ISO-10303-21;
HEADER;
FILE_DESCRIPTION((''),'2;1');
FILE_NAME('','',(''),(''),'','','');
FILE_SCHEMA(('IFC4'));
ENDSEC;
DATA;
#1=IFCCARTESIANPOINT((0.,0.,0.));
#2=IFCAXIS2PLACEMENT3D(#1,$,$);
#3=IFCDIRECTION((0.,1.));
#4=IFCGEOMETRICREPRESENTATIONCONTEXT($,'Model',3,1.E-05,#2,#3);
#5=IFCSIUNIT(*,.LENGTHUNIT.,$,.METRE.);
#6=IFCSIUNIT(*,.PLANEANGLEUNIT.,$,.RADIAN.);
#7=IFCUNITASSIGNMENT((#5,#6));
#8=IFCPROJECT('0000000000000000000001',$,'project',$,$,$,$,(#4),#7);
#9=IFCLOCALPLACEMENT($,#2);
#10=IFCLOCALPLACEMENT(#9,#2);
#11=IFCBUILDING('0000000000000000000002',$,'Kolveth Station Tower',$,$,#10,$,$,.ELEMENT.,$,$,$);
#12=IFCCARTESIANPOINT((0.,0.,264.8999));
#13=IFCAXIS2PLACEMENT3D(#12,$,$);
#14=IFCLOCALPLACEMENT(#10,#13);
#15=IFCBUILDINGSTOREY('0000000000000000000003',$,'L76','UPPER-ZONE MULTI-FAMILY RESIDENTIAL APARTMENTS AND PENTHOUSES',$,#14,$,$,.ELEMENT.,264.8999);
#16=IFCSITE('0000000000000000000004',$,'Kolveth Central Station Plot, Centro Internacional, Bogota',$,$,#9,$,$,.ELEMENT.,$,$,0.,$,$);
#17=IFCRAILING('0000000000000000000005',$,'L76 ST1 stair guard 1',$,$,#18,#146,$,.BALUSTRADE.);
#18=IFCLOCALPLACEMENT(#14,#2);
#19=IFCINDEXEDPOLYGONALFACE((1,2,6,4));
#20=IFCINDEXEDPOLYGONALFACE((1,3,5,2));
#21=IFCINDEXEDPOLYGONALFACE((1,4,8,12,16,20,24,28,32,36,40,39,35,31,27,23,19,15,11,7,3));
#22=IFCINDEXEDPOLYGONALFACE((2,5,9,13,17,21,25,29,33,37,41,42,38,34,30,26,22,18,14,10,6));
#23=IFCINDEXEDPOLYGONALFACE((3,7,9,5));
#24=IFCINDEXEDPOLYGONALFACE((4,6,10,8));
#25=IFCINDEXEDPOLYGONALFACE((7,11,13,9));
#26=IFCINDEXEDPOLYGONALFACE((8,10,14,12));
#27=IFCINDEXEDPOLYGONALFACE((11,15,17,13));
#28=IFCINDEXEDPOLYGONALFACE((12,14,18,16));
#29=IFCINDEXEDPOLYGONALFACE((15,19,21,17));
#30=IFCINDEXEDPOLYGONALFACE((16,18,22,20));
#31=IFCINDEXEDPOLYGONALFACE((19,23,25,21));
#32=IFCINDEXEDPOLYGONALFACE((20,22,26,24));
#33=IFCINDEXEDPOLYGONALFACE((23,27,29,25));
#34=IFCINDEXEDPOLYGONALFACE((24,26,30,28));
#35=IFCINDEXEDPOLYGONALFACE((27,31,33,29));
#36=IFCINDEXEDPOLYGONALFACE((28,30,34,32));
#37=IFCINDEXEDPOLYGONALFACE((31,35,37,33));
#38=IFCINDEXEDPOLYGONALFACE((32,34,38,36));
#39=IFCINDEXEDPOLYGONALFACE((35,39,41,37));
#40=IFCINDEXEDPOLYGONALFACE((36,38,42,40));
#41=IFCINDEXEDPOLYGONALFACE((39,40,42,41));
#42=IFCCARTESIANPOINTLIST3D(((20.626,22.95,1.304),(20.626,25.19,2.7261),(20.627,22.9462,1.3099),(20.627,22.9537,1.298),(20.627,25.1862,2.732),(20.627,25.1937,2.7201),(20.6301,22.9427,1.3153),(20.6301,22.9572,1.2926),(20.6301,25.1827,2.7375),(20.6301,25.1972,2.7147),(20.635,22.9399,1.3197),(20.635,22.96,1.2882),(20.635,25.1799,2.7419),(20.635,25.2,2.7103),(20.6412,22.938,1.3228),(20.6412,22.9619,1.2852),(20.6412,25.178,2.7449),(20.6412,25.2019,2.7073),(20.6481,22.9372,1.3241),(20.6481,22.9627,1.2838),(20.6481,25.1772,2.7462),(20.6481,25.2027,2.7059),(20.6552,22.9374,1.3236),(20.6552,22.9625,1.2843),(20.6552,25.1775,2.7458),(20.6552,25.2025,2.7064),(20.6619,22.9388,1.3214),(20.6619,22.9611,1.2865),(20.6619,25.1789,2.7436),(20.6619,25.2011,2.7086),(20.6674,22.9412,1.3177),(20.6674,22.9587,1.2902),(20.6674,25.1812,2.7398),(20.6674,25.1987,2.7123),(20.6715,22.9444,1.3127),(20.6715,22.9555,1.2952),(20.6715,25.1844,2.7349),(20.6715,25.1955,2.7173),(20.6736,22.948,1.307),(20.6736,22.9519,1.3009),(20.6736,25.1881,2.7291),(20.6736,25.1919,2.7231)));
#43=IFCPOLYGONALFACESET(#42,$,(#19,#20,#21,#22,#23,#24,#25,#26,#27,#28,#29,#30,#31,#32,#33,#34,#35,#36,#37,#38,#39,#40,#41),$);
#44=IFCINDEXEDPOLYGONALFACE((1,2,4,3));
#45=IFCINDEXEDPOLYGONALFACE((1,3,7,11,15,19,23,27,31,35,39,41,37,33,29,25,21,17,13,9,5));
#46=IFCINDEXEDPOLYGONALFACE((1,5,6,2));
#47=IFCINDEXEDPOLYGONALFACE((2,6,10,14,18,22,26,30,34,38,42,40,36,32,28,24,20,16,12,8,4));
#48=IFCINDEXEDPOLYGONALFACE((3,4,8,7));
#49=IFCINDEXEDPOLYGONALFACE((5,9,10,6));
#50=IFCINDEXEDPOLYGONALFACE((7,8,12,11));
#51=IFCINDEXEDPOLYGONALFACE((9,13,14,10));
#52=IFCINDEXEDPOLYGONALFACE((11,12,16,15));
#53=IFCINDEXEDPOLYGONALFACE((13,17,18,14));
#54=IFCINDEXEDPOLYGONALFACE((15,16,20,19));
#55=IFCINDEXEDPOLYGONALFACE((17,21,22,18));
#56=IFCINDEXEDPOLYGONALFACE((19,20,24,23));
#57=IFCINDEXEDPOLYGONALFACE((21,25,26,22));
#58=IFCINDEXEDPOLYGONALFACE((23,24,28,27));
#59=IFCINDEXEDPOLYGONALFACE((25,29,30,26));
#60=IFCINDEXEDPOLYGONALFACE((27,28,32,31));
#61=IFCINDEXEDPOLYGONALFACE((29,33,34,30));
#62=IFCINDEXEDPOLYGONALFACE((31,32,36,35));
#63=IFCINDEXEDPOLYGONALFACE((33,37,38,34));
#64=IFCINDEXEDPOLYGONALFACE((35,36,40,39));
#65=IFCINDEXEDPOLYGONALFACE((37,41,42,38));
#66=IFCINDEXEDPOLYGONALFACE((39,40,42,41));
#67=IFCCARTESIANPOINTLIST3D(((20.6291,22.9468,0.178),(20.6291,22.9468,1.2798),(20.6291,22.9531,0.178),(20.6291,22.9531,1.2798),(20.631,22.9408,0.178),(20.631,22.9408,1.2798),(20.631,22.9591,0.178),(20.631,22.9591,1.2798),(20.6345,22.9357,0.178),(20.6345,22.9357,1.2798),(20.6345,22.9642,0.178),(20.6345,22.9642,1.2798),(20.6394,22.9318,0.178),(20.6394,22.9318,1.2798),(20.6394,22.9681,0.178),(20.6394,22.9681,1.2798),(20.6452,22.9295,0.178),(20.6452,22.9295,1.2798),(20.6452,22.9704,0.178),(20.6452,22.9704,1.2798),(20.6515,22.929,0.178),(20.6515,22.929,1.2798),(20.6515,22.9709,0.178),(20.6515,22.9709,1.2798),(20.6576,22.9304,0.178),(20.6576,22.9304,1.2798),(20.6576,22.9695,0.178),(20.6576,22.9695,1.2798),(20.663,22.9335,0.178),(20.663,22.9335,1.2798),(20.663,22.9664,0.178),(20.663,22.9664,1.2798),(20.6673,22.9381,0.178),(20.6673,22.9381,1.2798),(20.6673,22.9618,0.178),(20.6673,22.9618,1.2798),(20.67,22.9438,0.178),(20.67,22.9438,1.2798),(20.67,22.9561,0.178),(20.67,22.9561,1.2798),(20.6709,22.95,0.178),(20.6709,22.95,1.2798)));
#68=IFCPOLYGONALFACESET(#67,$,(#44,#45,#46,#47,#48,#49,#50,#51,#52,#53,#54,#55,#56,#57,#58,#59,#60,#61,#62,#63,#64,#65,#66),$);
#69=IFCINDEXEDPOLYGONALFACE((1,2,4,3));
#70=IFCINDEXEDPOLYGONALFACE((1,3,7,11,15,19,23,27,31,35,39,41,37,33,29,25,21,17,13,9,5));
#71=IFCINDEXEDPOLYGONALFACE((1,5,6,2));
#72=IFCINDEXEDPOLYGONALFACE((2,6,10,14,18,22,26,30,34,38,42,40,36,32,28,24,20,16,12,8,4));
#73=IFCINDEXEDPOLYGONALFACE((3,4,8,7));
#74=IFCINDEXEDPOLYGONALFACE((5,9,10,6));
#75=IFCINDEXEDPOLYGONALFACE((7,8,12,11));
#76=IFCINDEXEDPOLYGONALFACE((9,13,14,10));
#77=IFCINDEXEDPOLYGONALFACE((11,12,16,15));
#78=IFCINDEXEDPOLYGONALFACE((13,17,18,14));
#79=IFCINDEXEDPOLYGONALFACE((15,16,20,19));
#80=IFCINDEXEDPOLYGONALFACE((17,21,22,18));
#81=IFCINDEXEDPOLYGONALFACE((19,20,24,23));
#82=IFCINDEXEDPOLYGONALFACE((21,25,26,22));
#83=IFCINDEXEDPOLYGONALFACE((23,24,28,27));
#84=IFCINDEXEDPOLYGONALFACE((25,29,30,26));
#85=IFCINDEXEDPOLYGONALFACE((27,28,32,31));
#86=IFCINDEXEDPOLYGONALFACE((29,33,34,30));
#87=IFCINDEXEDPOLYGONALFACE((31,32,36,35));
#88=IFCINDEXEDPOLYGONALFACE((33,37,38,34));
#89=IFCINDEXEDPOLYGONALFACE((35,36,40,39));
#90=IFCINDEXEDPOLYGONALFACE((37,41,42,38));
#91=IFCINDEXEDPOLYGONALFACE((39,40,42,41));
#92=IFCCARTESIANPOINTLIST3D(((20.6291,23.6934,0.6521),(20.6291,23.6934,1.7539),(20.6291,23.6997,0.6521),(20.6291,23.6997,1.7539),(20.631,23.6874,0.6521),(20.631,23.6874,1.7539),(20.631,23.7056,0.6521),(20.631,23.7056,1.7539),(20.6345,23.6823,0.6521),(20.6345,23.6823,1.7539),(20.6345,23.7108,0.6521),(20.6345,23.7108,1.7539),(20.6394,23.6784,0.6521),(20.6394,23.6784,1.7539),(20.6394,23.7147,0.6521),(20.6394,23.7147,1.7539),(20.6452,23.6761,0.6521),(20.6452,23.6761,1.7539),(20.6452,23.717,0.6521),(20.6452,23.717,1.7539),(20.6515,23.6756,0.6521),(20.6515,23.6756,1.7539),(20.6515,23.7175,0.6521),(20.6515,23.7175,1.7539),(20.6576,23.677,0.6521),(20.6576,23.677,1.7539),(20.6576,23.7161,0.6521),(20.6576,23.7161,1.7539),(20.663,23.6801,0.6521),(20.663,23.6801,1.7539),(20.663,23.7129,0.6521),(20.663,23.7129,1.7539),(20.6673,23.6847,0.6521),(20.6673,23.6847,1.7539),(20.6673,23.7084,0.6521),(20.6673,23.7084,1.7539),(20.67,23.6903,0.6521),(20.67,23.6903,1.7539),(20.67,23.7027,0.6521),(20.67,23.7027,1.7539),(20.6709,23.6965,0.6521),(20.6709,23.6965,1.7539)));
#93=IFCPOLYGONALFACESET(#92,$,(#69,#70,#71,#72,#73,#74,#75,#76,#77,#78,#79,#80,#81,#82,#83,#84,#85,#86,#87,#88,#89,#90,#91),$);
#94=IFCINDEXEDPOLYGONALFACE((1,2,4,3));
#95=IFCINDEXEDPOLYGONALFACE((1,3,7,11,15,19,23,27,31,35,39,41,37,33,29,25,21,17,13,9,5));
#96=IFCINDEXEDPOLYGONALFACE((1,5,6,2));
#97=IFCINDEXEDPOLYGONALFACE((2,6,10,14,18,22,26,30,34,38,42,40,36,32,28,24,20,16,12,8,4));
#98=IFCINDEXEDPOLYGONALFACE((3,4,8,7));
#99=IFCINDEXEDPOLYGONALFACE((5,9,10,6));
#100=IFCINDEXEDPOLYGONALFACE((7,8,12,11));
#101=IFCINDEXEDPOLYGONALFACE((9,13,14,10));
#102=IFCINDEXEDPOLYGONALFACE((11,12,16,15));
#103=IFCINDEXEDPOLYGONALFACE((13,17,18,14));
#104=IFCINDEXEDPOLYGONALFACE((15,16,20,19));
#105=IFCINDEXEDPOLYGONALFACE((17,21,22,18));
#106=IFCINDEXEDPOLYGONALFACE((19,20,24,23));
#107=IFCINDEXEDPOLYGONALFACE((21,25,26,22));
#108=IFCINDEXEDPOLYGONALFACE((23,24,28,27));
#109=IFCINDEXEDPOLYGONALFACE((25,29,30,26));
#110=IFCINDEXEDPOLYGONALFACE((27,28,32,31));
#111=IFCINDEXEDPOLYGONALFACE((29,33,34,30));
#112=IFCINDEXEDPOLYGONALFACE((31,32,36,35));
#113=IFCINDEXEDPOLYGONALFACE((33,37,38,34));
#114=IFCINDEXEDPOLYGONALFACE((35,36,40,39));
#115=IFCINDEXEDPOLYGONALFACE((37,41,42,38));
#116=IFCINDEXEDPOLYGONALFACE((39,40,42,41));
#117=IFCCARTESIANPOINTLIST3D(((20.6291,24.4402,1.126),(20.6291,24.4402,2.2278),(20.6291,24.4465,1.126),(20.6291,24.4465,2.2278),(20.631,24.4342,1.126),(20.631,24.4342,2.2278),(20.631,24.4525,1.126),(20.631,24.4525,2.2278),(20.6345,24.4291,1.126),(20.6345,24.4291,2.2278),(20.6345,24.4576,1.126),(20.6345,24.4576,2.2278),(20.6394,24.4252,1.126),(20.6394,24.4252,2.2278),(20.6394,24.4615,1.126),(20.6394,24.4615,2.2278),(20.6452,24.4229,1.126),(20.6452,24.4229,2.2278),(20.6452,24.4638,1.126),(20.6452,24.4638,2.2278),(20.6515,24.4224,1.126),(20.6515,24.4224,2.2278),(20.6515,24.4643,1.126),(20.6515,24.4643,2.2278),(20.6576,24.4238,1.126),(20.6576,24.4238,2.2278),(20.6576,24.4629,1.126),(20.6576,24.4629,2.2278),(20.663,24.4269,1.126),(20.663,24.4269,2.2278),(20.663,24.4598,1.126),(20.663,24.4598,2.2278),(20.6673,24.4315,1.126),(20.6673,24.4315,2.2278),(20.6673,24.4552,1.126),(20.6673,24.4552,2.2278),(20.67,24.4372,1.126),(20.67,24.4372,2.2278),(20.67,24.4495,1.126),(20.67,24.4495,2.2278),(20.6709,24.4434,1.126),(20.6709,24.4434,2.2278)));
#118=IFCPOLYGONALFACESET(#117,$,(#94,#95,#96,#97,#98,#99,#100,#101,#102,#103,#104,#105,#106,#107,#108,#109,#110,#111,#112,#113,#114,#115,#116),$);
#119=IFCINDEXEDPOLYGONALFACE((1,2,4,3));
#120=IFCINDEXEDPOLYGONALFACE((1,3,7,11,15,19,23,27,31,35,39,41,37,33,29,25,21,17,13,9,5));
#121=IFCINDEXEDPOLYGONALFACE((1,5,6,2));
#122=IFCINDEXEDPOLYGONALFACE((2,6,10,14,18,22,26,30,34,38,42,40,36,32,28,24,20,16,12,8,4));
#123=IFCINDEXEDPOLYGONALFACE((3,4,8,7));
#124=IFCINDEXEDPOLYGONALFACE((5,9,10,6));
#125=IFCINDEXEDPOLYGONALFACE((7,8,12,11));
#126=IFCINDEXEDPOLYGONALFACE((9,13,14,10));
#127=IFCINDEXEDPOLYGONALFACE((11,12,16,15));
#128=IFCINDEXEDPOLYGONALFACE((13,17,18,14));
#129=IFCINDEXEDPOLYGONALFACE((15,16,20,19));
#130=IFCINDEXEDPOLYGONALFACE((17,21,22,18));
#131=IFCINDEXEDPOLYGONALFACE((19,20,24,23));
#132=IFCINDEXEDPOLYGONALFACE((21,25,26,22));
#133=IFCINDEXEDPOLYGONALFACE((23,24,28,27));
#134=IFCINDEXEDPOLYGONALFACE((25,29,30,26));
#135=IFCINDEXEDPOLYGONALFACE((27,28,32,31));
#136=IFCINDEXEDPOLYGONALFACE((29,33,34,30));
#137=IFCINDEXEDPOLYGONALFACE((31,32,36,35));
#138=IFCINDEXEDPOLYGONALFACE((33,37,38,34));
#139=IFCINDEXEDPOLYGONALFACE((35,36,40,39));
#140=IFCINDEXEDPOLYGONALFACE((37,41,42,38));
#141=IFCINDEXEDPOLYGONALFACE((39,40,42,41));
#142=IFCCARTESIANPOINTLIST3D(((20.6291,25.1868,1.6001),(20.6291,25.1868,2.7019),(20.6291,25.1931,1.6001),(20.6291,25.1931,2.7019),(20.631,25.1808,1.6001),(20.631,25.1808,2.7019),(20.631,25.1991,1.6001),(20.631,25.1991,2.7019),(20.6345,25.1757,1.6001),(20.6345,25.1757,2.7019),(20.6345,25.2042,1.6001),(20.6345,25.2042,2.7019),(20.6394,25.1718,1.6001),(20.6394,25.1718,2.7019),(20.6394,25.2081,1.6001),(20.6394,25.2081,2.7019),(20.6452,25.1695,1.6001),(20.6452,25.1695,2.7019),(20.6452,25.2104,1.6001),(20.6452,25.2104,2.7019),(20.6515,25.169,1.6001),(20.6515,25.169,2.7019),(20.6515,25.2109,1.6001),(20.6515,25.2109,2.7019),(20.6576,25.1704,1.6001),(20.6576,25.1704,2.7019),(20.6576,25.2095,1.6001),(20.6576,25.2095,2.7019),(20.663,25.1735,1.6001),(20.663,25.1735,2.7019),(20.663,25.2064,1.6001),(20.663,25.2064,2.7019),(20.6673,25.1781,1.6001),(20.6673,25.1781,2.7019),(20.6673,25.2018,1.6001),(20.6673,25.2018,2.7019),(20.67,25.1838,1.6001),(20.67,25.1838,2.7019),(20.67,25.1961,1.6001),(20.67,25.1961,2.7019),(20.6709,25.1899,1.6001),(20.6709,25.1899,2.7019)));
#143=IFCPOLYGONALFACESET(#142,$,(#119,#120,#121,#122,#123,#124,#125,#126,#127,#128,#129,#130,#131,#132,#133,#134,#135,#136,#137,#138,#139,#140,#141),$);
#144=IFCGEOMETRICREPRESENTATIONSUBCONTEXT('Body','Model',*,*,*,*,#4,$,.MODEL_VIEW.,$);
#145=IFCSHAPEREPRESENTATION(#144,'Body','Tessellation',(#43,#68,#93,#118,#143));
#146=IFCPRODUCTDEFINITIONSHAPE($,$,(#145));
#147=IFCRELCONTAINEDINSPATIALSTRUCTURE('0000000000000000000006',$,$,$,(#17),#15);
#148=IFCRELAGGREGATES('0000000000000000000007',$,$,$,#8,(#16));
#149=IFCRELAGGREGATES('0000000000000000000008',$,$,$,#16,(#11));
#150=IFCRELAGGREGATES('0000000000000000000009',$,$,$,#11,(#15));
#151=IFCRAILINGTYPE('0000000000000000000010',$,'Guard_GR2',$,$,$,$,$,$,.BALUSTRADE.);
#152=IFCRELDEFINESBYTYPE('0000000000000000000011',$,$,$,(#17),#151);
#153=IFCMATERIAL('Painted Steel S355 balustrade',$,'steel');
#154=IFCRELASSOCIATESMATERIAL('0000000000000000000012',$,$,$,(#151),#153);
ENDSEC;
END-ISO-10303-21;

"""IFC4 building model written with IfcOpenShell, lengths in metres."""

from ifc_helpers import new_model, si_unit, direction, frame, origin, origin_2d, place, context, subcontext, project, spatial, circle, extrude, material, type_object, element, save


model = new_model("IFC4")

# Units and contexts
model_context = context("Model", 3, precision=1e-05, world=origin(), true_north=direction((0.0, 1.0)))
body_context = subcontext(model_context, "Body", "Model", "MODEL_VIEW")
ifc_project = project(units=[si_unit("LENGTHUNIT", "METRE"), si_unit("PLANEANGLEUNIT", "RADIAN")], contexts=[model_context])

# Site, building, storey
site_placement = place(None, origin())
site = spatial("IfcSite", under=ifc_project, at=site_placement, Name="Kolveth Central Station Plot, Centro Internacional, Bogota", CompositionType="ELEMENT", RefElevation=0.0)
building_placement = place(site_placement, origin())
building = spatial("IfcBuilding", under=site, at=building_placement, Name="Kolveth Station Tower", CompositionType="ELEMENT")
storey_placement = place(building_placement, frame((0.0, 0.0, 264.8999)))
storey = spatial("IfcBuildingStorey", under=building, at=storey_placement, Name="L76", Description="UPPER-ZONE MULTI-FAMILY RESIDENTIAL APARTMENTS AND PENTHOUSES", CompositionType="ELEMENT", Elevation=264.8999)

# Railing
ifc_material_1 = material(Name="Painted Steel S355 balustrade", Category="steel")
railing_type_1 = type_object("IfcRailingType", Name="Guard_GR2", PredefinedType="BALUSTRADE", material=ifc_material_1)
railing_1_placement = place(storey_placement, frame((20.6499, 22.95, 0.178)))
element("IfcRailing", 1, at=railing_1_placement, inside=storey, type_object=railing_type_1, Name="L76 ST1 stair guard 1", PredefinedType="BALUSTRADE", context=body_context, shape_type="SweptSolid", body=[
    extrude(circle(Radius=0.0239, at=origin_2d()), frame((0.0, 0.0, 1.126), z_axis=(0.0, 0.844229, 0.535982), x_axis=(-1.0, 0.0, 0.0)), (0.0, 0.0, 1.0), 2.6533),
    extrude(circle(Radius=0.021, at=origin_2d()), origin(), (0.0, 0.0, 1.0), 1.1018),
    extrude(circle(Radius=0.021, at=origin_2d()), frame((0.0, 0.7466, 0.4741)), (0.0, 0.0, 1.0), 1.1018),
    extrude(circle(Radius=0.021, at=origin_2d()), frame((0.0, 1.4934, 0.948)), (0.0, 0.0, 1.0), 1.1018),
    extrude(circle(Radius=0.021, at=origin_2d()), frame((0.0, 2.24, 1.4221)), (0.0, 0.0, 1.0), 1.1018),
])

save(model, "model.ifc")
